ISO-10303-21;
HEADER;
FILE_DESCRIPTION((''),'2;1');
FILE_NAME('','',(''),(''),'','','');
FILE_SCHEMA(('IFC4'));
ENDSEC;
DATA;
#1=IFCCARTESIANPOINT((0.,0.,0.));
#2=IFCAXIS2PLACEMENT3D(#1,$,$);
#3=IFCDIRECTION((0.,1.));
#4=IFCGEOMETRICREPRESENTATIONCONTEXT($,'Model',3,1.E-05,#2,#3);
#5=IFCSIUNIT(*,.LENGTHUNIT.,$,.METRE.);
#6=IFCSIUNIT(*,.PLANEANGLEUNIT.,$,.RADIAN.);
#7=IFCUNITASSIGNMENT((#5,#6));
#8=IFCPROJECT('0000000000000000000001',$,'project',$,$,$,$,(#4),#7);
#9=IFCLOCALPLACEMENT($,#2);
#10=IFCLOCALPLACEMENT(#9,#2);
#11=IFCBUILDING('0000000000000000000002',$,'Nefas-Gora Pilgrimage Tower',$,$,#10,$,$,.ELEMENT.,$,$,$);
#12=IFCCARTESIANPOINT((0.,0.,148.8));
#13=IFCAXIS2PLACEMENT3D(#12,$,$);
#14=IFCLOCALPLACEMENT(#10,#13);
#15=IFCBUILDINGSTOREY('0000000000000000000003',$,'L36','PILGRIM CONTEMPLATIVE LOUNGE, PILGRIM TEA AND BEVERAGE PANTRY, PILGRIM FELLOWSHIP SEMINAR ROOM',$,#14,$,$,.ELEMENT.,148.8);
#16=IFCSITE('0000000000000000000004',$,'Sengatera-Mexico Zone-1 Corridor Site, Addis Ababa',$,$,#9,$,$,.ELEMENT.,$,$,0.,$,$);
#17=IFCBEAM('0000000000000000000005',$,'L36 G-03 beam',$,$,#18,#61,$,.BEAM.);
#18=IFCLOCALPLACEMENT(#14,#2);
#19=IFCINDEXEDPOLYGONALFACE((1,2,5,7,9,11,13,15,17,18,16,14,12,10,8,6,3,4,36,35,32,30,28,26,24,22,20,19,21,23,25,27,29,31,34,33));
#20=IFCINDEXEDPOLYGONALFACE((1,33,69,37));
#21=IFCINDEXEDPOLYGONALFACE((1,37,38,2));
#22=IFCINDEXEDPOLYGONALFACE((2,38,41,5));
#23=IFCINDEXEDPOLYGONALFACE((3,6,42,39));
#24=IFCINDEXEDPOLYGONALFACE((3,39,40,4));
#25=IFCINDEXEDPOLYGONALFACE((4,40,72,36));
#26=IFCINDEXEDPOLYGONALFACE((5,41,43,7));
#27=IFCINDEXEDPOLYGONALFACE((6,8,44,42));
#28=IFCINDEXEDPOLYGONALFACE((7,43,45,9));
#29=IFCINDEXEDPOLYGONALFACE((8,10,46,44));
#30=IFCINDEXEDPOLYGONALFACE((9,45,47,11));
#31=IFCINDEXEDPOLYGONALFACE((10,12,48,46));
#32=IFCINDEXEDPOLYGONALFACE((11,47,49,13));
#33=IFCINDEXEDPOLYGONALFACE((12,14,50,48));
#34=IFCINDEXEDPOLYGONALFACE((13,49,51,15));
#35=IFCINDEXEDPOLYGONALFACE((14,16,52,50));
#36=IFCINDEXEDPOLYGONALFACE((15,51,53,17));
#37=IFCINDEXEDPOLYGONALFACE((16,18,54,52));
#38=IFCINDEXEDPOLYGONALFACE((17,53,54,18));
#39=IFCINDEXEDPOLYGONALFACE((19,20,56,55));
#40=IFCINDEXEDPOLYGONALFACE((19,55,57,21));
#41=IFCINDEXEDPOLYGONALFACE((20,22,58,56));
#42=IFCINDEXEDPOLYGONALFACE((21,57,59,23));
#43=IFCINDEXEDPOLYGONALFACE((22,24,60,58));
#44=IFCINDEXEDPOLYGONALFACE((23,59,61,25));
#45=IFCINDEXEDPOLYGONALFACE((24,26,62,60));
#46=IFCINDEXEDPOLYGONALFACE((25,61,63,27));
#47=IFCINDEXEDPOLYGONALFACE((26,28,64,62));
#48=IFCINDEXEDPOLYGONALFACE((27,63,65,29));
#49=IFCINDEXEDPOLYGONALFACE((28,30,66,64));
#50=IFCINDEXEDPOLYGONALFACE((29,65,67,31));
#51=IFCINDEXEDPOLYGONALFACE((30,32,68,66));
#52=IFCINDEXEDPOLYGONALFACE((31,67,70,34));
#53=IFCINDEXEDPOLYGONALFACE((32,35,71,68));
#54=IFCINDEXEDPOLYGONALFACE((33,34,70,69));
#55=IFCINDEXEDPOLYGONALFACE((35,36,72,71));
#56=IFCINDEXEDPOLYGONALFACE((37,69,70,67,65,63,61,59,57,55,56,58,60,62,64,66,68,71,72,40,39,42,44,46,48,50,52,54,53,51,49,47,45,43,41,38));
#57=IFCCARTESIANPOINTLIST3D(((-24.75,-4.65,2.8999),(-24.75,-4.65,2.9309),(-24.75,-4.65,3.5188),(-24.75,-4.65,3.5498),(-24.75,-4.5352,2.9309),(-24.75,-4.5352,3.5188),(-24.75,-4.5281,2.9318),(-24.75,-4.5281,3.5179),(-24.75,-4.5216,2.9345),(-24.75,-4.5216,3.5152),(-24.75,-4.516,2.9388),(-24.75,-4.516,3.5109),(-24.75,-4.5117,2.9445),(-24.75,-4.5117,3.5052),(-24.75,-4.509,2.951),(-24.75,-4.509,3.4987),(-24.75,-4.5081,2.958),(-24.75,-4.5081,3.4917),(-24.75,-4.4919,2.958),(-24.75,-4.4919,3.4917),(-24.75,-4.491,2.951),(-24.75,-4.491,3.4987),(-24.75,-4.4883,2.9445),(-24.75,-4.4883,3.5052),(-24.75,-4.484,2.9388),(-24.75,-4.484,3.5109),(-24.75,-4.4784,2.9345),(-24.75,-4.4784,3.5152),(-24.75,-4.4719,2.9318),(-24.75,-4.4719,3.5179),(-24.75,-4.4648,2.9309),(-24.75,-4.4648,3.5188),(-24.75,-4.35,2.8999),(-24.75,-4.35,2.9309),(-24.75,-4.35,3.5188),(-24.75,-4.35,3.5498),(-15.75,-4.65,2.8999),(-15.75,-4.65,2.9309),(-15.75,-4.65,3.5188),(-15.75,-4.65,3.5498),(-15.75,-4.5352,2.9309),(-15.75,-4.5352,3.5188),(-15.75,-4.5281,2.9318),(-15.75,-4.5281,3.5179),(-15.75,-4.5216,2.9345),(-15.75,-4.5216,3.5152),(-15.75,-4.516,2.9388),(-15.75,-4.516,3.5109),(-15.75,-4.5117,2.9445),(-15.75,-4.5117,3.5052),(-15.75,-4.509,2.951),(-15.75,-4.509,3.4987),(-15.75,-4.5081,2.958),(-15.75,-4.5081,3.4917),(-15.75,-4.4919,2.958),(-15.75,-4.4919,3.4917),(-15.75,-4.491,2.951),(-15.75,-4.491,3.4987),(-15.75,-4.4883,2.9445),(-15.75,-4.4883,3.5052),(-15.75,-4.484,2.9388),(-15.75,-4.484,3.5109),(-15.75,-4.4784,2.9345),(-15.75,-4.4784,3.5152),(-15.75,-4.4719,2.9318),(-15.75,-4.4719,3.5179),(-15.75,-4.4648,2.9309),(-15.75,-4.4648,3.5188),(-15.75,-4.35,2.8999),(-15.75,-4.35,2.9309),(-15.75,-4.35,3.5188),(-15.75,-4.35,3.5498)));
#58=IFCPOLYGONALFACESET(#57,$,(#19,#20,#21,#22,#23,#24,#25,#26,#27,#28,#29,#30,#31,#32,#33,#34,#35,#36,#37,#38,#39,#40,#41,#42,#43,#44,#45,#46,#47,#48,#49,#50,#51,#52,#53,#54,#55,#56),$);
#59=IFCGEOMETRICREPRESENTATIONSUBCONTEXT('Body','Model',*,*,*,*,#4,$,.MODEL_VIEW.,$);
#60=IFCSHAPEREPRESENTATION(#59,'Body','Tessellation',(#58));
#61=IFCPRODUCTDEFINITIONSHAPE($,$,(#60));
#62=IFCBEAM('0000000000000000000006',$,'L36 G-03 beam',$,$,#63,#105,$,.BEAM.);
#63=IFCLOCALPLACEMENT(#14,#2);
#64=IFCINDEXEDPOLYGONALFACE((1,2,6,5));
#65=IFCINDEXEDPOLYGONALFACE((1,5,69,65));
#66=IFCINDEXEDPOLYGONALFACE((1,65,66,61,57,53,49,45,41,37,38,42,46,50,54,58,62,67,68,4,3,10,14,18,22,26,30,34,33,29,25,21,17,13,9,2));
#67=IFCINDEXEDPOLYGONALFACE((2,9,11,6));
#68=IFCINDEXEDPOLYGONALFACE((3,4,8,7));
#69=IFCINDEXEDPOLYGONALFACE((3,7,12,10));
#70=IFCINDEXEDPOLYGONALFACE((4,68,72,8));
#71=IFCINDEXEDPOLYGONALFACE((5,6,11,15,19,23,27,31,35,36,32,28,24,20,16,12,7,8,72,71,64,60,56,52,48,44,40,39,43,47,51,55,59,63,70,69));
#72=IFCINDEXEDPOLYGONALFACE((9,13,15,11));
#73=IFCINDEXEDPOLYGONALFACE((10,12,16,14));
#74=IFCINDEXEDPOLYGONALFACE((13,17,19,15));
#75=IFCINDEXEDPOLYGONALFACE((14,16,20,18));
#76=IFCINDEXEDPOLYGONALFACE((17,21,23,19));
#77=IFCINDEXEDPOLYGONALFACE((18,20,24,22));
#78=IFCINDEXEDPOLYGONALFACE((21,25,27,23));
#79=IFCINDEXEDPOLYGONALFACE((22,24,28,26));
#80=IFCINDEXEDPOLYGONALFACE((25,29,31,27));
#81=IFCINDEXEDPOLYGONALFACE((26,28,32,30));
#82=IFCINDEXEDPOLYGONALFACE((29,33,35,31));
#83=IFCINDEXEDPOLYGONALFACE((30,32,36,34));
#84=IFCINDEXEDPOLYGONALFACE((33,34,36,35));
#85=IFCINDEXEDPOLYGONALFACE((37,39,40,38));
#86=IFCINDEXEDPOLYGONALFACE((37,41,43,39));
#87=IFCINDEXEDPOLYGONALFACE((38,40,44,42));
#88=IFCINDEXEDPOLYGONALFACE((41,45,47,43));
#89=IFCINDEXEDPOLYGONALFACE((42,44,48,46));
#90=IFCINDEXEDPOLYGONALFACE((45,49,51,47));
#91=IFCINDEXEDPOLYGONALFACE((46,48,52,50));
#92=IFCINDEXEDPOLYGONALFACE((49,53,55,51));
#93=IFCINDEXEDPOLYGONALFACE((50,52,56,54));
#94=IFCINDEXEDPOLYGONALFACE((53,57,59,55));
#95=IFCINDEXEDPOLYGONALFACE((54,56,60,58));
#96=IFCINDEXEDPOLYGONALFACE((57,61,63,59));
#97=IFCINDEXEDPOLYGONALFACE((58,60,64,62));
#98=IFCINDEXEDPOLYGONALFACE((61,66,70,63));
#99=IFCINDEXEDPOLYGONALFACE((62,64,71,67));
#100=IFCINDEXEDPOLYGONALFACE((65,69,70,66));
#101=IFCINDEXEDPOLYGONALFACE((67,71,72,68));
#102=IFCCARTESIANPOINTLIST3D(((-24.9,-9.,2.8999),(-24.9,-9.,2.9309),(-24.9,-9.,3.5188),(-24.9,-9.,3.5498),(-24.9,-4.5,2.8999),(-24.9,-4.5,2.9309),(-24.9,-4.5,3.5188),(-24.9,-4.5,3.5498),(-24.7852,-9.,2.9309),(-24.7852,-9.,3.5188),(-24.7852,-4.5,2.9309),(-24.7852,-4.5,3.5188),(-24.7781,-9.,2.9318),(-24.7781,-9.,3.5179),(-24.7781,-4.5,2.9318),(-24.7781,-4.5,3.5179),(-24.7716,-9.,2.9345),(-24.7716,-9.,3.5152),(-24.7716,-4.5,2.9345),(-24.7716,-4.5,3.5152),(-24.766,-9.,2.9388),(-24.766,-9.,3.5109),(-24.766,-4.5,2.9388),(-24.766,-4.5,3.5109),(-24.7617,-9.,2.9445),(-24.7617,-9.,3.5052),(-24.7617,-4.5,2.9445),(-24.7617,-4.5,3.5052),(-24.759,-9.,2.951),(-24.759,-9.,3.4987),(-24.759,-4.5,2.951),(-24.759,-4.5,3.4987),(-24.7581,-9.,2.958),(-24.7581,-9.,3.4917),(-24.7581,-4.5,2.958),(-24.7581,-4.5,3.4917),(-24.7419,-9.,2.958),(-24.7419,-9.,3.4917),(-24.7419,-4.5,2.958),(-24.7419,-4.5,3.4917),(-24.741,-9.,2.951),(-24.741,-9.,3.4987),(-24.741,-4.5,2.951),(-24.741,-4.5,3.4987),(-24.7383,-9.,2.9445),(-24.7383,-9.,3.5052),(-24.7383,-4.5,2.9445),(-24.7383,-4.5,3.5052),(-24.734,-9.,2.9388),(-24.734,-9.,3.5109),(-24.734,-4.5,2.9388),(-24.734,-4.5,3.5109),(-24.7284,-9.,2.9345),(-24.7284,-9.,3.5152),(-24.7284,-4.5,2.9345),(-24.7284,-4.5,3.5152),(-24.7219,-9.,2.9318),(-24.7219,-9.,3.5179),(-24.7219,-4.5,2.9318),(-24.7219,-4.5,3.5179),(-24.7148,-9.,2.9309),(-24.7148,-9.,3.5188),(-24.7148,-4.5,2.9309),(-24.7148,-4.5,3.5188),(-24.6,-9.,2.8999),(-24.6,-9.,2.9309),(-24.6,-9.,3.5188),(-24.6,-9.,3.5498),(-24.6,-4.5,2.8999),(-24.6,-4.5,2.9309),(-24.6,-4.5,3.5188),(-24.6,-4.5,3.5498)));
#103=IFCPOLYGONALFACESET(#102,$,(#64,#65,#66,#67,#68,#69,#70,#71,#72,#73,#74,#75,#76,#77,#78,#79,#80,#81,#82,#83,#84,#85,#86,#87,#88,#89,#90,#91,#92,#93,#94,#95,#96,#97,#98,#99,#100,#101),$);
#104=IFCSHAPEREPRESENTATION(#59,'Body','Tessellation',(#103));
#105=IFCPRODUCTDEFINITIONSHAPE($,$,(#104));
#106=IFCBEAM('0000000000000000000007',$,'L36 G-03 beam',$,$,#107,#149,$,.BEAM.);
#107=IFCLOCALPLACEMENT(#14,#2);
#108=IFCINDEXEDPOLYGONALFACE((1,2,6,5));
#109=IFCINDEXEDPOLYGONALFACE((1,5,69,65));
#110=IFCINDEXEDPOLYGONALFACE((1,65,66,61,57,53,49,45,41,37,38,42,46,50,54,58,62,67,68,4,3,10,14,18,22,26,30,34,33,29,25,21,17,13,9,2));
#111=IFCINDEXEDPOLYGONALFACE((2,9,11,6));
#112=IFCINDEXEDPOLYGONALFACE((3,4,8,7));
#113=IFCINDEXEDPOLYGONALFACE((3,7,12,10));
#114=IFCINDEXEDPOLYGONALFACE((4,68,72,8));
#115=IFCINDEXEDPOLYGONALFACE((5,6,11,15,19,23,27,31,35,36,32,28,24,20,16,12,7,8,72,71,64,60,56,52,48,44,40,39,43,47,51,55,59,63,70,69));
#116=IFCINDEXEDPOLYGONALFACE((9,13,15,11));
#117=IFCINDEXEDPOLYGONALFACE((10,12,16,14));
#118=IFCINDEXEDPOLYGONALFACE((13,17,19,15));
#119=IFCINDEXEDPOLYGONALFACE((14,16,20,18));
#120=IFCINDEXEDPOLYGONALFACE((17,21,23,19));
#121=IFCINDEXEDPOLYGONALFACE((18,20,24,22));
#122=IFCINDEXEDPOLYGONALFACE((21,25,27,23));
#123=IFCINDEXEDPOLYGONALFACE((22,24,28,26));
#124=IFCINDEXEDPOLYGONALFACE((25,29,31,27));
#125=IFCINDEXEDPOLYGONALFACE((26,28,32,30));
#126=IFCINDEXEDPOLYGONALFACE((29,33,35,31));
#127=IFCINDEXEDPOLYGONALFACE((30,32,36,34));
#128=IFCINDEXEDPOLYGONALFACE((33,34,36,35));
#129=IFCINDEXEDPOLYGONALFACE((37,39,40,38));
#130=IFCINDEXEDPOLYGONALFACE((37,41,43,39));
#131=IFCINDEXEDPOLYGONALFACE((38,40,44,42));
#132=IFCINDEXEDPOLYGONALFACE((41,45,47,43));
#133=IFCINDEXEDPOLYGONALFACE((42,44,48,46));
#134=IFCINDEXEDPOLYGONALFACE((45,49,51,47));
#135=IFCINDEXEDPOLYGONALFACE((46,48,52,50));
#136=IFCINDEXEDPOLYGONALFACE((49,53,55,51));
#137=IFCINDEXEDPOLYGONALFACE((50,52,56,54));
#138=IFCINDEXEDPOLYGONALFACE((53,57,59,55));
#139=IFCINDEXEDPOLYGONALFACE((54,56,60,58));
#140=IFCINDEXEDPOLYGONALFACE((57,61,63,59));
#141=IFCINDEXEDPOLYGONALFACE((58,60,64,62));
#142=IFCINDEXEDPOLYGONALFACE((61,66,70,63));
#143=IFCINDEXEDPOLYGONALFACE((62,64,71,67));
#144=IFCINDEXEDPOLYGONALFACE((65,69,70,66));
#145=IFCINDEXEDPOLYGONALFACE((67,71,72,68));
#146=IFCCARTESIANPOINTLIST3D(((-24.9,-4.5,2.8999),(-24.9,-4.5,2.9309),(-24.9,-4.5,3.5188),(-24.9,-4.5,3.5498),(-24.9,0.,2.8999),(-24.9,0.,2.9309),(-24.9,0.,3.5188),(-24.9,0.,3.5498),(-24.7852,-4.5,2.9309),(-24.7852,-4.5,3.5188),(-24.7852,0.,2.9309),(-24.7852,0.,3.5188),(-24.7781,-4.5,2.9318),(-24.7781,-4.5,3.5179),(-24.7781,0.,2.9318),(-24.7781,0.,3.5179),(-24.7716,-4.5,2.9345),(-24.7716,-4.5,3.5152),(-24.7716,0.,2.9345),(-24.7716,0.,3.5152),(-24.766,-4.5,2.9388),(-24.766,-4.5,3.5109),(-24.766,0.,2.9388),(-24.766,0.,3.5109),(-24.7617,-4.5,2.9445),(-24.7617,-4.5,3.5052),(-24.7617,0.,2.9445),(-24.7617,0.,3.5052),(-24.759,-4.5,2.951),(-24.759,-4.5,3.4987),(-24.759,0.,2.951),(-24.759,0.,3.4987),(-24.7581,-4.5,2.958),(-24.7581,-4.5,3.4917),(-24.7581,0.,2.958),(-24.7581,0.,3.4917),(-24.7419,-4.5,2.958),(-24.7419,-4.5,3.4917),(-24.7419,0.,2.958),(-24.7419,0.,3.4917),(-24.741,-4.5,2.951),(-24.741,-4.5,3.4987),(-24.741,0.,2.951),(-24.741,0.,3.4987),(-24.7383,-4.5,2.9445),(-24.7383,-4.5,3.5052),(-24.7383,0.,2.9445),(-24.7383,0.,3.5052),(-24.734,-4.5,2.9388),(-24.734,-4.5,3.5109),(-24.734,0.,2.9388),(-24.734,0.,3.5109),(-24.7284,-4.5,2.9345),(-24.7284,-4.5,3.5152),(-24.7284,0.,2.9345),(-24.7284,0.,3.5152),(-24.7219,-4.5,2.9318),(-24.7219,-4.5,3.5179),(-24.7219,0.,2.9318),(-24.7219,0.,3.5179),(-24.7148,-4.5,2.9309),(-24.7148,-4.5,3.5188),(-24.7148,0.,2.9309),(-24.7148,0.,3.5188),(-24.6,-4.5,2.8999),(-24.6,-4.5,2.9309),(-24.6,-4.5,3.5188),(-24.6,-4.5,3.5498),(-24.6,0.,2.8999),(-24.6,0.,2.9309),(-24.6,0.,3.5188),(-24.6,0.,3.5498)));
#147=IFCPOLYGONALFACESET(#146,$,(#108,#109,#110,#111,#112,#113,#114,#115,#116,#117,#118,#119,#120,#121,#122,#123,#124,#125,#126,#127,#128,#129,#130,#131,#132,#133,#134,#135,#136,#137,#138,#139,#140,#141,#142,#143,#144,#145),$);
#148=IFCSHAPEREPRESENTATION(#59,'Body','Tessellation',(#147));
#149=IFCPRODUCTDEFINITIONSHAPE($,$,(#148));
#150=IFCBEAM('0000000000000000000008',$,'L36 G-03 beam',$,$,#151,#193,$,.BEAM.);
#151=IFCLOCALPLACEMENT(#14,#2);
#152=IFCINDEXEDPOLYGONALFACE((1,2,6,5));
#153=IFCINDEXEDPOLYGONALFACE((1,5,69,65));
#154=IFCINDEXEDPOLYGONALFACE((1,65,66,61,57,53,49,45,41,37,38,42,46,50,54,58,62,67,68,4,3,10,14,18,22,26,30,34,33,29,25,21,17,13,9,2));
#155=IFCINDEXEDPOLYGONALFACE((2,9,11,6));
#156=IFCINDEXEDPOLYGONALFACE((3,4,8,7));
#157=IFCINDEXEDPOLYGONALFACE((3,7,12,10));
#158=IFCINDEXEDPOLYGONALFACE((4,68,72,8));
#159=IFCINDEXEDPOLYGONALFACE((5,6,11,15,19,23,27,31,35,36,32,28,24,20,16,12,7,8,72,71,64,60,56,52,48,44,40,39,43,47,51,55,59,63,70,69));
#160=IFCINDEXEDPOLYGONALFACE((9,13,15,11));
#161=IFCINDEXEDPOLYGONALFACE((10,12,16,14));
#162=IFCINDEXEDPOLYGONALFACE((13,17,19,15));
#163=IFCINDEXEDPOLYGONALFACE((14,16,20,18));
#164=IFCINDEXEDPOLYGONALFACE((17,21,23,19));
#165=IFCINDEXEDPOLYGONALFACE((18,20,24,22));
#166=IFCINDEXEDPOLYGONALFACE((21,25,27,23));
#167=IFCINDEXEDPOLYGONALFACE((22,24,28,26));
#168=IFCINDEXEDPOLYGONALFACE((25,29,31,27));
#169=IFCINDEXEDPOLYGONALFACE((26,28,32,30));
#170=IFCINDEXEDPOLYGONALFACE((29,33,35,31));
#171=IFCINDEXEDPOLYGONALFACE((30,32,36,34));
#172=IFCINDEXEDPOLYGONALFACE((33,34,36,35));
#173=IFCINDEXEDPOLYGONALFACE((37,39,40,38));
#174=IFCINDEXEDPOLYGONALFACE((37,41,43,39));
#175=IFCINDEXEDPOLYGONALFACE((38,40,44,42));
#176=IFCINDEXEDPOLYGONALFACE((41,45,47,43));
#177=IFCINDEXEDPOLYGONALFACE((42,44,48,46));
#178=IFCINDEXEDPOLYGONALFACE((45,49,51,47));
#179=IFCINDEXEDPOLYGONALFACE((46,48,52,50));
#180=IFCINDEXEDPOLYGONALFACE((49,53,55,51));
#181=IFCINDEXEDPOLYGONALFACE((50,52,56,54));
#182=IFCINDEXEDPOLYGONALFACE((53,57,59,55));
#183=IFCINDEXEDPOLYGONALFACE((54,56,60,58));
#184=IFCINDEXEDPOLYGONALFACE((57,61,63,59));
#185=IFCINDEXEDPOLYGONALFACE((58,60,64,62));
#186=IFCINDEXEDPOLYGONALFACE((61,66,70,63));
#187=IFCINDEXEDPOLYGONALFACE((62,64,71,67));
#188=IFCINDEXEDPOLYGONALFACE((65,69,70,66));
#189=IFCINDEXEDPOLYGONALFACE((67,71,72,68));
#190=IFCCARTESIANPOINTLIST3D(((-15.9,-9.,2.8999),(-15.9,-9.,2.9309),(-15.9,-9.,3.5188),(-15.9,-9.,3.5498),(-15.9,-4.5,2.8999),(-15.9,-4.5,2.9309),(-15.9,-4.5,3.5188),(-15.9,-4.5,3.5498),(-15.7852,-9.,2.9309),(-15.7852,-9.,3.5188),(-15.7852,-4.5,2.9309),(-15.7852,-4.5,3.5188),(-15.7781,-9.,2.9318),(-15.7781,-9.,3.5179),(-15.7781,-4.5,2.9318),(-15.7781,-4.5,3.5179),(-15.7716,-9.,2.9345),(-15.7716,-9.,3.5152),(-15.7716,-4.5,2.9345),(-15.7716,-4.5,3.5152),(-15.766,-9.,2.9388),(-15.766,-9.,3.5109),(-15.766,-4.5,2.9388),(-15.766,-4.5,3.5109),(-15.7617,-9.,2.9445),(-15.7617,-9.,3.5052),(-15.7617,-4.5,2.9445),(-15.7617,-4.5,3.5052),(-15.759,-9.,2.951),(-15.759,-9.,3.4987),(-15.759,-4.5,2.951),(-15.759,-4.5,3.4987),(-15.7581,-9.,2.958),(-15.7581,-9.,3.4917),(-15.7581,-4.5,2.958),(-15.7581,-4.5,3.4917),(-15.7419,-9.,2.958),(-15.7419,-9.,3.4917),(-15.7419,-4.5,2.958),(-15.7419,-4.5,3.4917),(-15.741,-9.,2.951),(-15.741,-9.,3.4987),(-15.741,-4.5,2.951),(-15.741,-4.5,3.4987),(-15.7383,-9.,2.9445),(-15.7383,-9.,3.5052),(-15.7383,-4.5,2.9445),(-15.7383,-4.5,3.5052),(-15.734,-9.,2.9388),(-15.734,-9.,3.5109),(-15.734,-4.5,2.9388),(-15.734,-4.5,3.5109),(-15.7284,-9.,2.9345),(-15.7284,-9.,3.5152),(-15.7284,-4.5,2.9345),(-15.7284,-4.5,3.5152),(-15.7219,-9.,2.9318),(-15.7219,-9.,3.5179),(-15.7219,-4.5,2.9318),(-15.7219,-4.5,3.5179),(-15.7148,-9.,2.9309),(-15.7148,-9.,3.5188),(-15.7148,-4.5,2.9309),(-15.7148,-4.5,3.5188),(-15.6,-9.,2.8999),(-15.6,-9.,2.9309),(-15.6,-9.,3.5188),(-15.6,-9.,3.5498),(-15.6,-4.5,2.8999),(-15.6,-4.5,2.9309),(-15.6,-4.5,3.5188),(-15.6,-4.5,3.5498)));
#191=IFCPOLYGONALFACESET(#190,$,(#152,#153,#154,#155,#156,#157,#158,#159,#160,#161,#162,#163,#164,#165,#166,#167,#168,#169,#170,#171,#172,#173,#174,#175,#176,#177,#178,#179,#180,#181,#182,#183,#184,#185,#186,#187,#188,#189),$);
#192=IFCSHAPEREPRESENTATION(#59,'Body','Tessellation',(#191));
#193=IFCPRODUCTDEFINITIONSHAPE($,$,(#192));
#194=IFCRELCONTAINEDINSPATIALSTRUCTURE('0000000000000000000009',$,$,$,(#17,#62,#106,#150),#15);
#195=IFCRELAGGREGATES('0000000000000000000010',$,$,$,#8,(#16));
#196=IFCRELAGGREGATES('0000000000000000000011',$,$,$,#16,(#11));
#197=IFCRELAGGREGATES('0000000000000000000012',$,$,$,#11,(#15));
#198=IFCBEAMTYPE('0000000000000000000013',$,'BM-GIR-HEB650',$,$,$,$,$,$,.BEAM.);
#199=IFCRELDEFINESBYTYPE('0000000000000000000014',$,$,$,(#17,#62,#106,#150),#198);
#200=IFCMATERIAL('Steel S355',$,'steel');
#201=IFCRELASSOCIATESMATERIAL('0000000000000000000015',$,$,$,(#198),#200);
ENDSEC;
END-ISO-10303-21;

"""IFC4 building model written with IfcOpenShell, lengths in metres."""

from ifc_helpers import new_model, si_unit, direction, frame, origin, origin_2d, place, context, subcontext, project, spatial, i_section, extrude, source, transform, mapped, material, material_profile, profile_set, type_object, element, save


model = new_model("IFC4")

# Units and contexts
model_context = context("Model", 3, precision=1e-05, world=origin(), true_north=direction((0.0, 1.0)))
body_context = subcontext(model_context, "Body", "Model", "MODEL_VIEW")
ifc_project = project(units=[si_unit("LENGTHUNIT", "METRE"), si_unit("PLANEANGLEUNIT", "RADIAN")], contexts=[model_context])

# Site, building, storey
site_placement = place(None, origin())
site = spatial("IfcSite", under=ifc_project, at=site_placement, Name="Sengatera-Mexico Zone-1 Corridor Site, Addis Ababa", CompositionType="ELEMENT", RefElevation=0.0)
building_placement = place(site_placement, origin())
building = spatial("IfcBuilding", under=site, at=building_placement, Name="Nefas-Gora Pilgrimage Tower", CompositionType="ELEMENT")
storey_placement = place(building_placement, frame((0.0, 0.0, 148.8)))
storey = spatial("IfcBuildingStorey", under=building, at=storey_placement, Name="L36", Description="PILGRIM CONTEMPLATIVE LOUNGE, PILGRIM TEA AND BEVERAGE PANTRY, PILGRIM FELLOWSHIP SEMINAR ROOM", CompositionType="ELEMENT", Elevation=148.8)

# Beams
ifc_material_1 = material(Name="Steel S355", Category="steel")
ifc_material_profile_1 = material_profile(ifc_material_1, i_section(OverallWidth=0.3, OverallDepth=0.6499, WebThickness=0.0161, FlangeThickness=0.031, FilletRadius=0.0271, at=origin_2d()), Name="HEB 650")
ifc_profile_set_1 = profile_set([ifc_material_profile_1], Name="Steel S355")
beam_type_1 = type_object("IfcBeamType", Name="BM-GIR-HEB650", PredefinedType="BEAM", material=ifc_profile_set_1)
shared_shape_1 = source(origin(), body_context, "Body", "SweptSolid", [
    extrude(i_section(OverallWidth=0.3, OverallDepth=0.6499, WebThickness=0.0161, FlangeThickness=0.031, FilletRadius=0.0271, at=origin_2d()), origin(), (0.0, 0.0, 1.0), 9.0),
])
for number, where, z_axis, x_axis, name in (
    (1, (-24.75, -4.5, 3.2249), (1.0, 0.0, 0.0), (0.0, 1.0, 0.0), "L36 G-03 beam"),
):
    element("IfcBeam", number, at=place(storey_placement, frame(where, z_axis=z_axis, x_axis=x_axis)), inside=storey, type_object=beam_type_1, Name=name, PredefinedType="BEAM", context=body_context, shape_type="MappedRepresentation", body=[
        mapped(shared_shape_1, transform((0.0, 0.0, 0.0), x_axis=(1.0, 0.0, 0.0), y_axis=(0.0, 1.0, 0.0), z_axis=(0.0, 0.0, 1.0), scale=1.0)),
    ])
shared_shape_2 = source(origin(), body_context, "Body", "SweptSolid", [
    extrude(i_section(OverallWidth=0.3, OverallDepth=0.6499, WebThickness=0.0161, FlangeThickness=0.031, FilletRadius=0.0271, at=origin_2d()), origin(), (0.0, 0.0, 1.0), 4.5),
])
for number, where, z_axis, x_axis, name in (
    (2, (-24.75, -9.0, 3.2249), (0.0, 1.0, 0.0), (-1.0, 0.0, 0.0), "L36 G-03 beam"),
    (3, (-24.75, -4.5, 3.2249), (0.0, 1.0, 0.0), (-1.0, 0.0, 0.0), "L36 G-03 beam"),
    (4, (-15.75, -9.0, 3.2249), (0.0, 1.0, 0.0), (-1.0, 0.0, 0.0), "L36 G-03 beam"),
):
    element("IfcBeam", number, at=place(storey_placement, frame(where, z_axis=z_axis, x_axis=x_axis)), inside=storey, type_object=beam_type_1, Name=name, PredefinedType="BEAM", context=body_context, shape_type="MappedRepresentation", body=[
        mapped(shared_shape_2, transform((0.0, 0.0, 0.0), x_axis=(1.0, 0.0, 0.0), y_axis=(0.0, 1.0, 0.0), z_axis=(0.0, 0.0, 1.0), scale=1.0)),
    ])

save(model, "model.ifc")
